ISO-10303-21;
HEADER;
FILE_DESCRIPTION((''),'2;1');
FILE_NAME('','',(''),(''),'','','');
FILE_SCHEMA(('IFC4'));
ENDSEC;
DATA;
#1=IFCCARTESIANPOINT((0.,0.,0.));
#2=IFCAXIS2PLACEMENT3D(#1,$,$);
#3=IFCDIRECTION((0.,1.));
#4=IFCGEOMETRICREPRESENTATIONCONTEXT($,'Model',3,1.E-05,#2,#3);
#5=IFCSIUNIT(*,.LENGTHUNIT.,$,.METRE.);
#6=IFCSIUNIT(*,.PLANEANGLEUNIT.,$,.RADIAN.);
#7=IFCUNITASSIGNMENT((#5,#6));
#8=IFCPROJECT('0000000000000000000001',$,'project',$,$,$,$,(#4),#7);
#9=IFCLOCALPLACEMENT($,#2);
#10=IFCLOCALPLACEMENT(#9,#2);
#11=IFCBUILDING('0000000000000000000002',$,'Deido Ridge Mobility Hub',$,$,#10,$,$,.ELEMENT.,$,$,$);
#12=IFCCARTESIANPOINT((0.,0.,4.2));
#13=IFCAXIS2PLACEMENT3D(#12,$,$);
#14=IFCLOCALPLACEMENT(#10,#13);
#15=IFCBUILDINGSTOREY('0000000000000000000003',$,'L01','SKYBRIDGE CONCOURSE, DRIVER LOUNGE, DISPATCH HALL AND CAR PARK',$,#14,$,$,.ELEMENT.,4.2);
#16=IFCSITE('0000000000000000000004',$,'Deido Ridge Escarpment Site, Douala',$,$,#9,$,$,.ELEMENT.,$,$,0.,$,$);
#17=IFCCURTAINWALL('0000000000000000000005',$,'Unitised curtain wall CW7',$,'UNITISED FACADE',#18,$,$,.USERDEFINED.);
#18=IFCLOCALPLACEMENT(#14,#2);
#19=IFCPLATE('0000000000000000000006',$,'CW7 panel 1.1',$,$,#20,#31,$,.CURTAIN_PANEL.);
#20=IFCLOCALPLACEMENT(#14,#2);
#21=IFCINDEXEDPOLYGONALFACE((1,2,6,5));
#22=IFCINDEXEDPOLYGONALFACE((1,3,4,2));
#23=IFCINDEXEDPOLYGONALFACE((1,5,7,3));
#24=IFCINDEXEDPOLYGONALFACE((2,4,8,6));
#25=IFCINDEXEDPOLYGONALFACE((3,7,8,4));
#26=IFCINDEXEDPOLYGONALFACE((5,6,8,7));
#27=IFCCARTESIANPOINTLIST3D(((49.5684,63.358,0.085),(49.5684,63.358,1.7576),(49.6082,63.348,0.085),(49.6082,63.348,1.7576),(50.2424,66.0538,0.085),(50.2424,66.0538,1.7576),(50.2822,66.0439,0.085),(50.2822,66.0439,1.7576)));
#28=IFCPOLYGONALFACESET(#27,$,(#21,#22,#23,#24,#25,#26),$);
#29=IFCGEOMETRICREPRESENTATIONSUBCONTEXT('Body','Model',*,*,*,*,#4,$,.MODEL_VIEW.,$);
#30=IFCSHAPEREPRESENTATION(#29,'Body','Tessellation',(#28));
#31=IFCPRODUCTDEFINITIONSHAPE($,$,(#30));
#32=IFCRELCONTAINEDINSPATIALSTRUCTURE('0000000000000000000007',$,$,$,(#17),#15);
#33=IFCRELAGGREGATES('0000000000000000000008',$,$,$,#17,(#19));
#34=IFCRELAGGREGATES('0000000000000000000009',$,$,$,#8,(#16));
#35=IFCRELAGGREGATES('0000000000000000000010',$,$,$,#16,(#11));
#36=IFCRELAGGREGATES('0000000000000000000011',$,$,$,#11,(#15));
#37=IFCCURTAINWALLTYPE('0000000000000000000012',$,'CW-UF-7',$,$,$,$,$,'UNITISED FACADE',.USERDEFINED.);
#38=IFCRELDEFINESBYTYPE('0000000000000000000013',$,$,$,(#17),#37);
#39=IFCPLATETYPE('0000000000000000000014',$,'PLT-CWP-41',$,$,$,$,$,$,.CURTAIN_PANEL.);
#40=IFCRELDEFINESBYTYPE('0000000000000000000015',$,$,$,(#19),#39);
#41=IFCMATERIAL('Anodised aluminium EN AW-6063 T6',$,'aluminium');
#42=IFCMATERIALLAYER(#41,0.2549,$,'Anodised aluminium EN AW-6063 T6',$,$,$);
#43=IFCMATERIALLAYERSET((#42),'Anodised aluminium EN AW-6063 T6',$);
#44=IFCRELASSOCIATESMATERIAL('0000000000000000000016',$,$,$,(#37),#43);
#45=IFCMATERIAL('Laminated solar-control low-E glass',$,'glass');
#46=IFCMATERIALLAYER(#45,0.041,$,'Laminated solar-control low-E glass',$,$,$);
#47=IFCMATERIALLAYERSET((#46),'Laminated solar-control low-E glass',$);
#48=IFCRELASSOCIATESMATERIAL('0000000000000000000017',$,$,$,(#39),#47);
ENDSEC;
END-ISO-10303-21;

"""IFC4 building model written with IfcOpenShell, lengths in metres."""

from ifc_helpers import new_model, si_unit, direction, frame, origin, origin_2d, place, context, subcontext, project, spatial, rectangle, extrude, material, layer, layer_set, type_object, element, aggregate, save


model = new_model("IFC4")

# Units and contexts
model_context = context("Model", 3, precision=1e-05, world=origin(), true_north=direction((0.0, 1.0)))
body_context = subcontext(model_context, "Body", "Model", "MODEL_VIEW")
ifc_project = project(units=[si_unit("LENGTHUNIT", "METRE"), si_unit("PLANEANGLEUNIT", "RADIAN")], contexts=[model_context])

# Site, building, storey
site_placement = place(None, origin())
site = spatial("IfcSite", under=ifc_project, at=site_placement, Name="Deido Ridge Escarpment Site, Douala", CompositionType="ELEMENT", RefElevation=0.0)
building_placement = place(site_placement, origin())
building = spatial("IfcBuilding", under=site, at=building_placement, Name="Deido Ridge Mobility Hub", CompositionType="ELEMENT")
storey_placement = place(building_placement, frame((0.0, 0.0, 4.2)))
storey = spatial("IfcBuildingStorey", under=building, at=storey_placement, Name="L01", Description="SKYBRIDGE CONCOURSE, DRIVER LOUNGE, DISPATCH HALL AND CAR PARK", CompositionType="ELEMENT", Elevation=4.2)

# Shared definitions
ifc_material_1 = material(Name="Anodised aluminium EN AW-6063 T6", Category="aluminium")

# Curtain wall
ifc_layer_1 = layer(ifc_material_1, 0.2549, Name="Anodised aluminium EN AW-6063 T6")
ifc_layer_set_1 = layer_set([ifc_layer_1], Name="Anodised aluminium EN AW-6063 T6")
curtain_wall_type_1 = type_object("IfcCurtainWallType", Name="CW-UF-7", ElementType="UNITISED FACADE", PredefinedType="USERDEFINED", material=ifc_layer_set_1)
curtain_wall_1_placement = place(storey_placement, origin())
curtain_wall_1 = element("IfcCurtainWall", 1, at=curtain_wall_1_placement, inside=storey, type_object=curtain_wall_type_1, Name="Unitised curtain wall CW7", ObjectType="UNITISED FACADE", PredefinedType="USERDEFINED")

# Plate
ifc_material_2 = material(Name="Laminated solar-control low-E glass", Category="glass")
ifc_layer_2 = layer(ifc_material_2, 0.041, Name="Laminated solar-control low-E glass")
ifc_layer_set_2 = layer_set([ifc_layer_2], Name="Laminated solar-control low-E glass")
plate_type_1 = type_object("IfcPlateType", Name="PLT-CWP-41", PredefinedType="CURTAIN_PANEL", material=ifc_layer_set_2)
plate_1_placement = place(storey_placement, frame((49.9253, 64.7009, 0.085), z_axis=(0.0, 0.0, 1.0), x_axis=(0.242546, 0.97014, 0.0)))
plate_1 = element("IfcPlate", 2, at=plate_1_placement, type_object=plate_type_1, Name="CW7 panel 1.1", PredefinedType="CURTAIN_PANEL", context=body_context, shape_type="SweptSolid", body=[
    extrude(rectangle(XDim=2.7788, YDim=0.041, at=origin_2d()), origin(), (0.0, 0.0, 1.0), 1.6726),
])
aggregate(curtain_wall_1, [plate_1])

save(model, "model.ifc")
